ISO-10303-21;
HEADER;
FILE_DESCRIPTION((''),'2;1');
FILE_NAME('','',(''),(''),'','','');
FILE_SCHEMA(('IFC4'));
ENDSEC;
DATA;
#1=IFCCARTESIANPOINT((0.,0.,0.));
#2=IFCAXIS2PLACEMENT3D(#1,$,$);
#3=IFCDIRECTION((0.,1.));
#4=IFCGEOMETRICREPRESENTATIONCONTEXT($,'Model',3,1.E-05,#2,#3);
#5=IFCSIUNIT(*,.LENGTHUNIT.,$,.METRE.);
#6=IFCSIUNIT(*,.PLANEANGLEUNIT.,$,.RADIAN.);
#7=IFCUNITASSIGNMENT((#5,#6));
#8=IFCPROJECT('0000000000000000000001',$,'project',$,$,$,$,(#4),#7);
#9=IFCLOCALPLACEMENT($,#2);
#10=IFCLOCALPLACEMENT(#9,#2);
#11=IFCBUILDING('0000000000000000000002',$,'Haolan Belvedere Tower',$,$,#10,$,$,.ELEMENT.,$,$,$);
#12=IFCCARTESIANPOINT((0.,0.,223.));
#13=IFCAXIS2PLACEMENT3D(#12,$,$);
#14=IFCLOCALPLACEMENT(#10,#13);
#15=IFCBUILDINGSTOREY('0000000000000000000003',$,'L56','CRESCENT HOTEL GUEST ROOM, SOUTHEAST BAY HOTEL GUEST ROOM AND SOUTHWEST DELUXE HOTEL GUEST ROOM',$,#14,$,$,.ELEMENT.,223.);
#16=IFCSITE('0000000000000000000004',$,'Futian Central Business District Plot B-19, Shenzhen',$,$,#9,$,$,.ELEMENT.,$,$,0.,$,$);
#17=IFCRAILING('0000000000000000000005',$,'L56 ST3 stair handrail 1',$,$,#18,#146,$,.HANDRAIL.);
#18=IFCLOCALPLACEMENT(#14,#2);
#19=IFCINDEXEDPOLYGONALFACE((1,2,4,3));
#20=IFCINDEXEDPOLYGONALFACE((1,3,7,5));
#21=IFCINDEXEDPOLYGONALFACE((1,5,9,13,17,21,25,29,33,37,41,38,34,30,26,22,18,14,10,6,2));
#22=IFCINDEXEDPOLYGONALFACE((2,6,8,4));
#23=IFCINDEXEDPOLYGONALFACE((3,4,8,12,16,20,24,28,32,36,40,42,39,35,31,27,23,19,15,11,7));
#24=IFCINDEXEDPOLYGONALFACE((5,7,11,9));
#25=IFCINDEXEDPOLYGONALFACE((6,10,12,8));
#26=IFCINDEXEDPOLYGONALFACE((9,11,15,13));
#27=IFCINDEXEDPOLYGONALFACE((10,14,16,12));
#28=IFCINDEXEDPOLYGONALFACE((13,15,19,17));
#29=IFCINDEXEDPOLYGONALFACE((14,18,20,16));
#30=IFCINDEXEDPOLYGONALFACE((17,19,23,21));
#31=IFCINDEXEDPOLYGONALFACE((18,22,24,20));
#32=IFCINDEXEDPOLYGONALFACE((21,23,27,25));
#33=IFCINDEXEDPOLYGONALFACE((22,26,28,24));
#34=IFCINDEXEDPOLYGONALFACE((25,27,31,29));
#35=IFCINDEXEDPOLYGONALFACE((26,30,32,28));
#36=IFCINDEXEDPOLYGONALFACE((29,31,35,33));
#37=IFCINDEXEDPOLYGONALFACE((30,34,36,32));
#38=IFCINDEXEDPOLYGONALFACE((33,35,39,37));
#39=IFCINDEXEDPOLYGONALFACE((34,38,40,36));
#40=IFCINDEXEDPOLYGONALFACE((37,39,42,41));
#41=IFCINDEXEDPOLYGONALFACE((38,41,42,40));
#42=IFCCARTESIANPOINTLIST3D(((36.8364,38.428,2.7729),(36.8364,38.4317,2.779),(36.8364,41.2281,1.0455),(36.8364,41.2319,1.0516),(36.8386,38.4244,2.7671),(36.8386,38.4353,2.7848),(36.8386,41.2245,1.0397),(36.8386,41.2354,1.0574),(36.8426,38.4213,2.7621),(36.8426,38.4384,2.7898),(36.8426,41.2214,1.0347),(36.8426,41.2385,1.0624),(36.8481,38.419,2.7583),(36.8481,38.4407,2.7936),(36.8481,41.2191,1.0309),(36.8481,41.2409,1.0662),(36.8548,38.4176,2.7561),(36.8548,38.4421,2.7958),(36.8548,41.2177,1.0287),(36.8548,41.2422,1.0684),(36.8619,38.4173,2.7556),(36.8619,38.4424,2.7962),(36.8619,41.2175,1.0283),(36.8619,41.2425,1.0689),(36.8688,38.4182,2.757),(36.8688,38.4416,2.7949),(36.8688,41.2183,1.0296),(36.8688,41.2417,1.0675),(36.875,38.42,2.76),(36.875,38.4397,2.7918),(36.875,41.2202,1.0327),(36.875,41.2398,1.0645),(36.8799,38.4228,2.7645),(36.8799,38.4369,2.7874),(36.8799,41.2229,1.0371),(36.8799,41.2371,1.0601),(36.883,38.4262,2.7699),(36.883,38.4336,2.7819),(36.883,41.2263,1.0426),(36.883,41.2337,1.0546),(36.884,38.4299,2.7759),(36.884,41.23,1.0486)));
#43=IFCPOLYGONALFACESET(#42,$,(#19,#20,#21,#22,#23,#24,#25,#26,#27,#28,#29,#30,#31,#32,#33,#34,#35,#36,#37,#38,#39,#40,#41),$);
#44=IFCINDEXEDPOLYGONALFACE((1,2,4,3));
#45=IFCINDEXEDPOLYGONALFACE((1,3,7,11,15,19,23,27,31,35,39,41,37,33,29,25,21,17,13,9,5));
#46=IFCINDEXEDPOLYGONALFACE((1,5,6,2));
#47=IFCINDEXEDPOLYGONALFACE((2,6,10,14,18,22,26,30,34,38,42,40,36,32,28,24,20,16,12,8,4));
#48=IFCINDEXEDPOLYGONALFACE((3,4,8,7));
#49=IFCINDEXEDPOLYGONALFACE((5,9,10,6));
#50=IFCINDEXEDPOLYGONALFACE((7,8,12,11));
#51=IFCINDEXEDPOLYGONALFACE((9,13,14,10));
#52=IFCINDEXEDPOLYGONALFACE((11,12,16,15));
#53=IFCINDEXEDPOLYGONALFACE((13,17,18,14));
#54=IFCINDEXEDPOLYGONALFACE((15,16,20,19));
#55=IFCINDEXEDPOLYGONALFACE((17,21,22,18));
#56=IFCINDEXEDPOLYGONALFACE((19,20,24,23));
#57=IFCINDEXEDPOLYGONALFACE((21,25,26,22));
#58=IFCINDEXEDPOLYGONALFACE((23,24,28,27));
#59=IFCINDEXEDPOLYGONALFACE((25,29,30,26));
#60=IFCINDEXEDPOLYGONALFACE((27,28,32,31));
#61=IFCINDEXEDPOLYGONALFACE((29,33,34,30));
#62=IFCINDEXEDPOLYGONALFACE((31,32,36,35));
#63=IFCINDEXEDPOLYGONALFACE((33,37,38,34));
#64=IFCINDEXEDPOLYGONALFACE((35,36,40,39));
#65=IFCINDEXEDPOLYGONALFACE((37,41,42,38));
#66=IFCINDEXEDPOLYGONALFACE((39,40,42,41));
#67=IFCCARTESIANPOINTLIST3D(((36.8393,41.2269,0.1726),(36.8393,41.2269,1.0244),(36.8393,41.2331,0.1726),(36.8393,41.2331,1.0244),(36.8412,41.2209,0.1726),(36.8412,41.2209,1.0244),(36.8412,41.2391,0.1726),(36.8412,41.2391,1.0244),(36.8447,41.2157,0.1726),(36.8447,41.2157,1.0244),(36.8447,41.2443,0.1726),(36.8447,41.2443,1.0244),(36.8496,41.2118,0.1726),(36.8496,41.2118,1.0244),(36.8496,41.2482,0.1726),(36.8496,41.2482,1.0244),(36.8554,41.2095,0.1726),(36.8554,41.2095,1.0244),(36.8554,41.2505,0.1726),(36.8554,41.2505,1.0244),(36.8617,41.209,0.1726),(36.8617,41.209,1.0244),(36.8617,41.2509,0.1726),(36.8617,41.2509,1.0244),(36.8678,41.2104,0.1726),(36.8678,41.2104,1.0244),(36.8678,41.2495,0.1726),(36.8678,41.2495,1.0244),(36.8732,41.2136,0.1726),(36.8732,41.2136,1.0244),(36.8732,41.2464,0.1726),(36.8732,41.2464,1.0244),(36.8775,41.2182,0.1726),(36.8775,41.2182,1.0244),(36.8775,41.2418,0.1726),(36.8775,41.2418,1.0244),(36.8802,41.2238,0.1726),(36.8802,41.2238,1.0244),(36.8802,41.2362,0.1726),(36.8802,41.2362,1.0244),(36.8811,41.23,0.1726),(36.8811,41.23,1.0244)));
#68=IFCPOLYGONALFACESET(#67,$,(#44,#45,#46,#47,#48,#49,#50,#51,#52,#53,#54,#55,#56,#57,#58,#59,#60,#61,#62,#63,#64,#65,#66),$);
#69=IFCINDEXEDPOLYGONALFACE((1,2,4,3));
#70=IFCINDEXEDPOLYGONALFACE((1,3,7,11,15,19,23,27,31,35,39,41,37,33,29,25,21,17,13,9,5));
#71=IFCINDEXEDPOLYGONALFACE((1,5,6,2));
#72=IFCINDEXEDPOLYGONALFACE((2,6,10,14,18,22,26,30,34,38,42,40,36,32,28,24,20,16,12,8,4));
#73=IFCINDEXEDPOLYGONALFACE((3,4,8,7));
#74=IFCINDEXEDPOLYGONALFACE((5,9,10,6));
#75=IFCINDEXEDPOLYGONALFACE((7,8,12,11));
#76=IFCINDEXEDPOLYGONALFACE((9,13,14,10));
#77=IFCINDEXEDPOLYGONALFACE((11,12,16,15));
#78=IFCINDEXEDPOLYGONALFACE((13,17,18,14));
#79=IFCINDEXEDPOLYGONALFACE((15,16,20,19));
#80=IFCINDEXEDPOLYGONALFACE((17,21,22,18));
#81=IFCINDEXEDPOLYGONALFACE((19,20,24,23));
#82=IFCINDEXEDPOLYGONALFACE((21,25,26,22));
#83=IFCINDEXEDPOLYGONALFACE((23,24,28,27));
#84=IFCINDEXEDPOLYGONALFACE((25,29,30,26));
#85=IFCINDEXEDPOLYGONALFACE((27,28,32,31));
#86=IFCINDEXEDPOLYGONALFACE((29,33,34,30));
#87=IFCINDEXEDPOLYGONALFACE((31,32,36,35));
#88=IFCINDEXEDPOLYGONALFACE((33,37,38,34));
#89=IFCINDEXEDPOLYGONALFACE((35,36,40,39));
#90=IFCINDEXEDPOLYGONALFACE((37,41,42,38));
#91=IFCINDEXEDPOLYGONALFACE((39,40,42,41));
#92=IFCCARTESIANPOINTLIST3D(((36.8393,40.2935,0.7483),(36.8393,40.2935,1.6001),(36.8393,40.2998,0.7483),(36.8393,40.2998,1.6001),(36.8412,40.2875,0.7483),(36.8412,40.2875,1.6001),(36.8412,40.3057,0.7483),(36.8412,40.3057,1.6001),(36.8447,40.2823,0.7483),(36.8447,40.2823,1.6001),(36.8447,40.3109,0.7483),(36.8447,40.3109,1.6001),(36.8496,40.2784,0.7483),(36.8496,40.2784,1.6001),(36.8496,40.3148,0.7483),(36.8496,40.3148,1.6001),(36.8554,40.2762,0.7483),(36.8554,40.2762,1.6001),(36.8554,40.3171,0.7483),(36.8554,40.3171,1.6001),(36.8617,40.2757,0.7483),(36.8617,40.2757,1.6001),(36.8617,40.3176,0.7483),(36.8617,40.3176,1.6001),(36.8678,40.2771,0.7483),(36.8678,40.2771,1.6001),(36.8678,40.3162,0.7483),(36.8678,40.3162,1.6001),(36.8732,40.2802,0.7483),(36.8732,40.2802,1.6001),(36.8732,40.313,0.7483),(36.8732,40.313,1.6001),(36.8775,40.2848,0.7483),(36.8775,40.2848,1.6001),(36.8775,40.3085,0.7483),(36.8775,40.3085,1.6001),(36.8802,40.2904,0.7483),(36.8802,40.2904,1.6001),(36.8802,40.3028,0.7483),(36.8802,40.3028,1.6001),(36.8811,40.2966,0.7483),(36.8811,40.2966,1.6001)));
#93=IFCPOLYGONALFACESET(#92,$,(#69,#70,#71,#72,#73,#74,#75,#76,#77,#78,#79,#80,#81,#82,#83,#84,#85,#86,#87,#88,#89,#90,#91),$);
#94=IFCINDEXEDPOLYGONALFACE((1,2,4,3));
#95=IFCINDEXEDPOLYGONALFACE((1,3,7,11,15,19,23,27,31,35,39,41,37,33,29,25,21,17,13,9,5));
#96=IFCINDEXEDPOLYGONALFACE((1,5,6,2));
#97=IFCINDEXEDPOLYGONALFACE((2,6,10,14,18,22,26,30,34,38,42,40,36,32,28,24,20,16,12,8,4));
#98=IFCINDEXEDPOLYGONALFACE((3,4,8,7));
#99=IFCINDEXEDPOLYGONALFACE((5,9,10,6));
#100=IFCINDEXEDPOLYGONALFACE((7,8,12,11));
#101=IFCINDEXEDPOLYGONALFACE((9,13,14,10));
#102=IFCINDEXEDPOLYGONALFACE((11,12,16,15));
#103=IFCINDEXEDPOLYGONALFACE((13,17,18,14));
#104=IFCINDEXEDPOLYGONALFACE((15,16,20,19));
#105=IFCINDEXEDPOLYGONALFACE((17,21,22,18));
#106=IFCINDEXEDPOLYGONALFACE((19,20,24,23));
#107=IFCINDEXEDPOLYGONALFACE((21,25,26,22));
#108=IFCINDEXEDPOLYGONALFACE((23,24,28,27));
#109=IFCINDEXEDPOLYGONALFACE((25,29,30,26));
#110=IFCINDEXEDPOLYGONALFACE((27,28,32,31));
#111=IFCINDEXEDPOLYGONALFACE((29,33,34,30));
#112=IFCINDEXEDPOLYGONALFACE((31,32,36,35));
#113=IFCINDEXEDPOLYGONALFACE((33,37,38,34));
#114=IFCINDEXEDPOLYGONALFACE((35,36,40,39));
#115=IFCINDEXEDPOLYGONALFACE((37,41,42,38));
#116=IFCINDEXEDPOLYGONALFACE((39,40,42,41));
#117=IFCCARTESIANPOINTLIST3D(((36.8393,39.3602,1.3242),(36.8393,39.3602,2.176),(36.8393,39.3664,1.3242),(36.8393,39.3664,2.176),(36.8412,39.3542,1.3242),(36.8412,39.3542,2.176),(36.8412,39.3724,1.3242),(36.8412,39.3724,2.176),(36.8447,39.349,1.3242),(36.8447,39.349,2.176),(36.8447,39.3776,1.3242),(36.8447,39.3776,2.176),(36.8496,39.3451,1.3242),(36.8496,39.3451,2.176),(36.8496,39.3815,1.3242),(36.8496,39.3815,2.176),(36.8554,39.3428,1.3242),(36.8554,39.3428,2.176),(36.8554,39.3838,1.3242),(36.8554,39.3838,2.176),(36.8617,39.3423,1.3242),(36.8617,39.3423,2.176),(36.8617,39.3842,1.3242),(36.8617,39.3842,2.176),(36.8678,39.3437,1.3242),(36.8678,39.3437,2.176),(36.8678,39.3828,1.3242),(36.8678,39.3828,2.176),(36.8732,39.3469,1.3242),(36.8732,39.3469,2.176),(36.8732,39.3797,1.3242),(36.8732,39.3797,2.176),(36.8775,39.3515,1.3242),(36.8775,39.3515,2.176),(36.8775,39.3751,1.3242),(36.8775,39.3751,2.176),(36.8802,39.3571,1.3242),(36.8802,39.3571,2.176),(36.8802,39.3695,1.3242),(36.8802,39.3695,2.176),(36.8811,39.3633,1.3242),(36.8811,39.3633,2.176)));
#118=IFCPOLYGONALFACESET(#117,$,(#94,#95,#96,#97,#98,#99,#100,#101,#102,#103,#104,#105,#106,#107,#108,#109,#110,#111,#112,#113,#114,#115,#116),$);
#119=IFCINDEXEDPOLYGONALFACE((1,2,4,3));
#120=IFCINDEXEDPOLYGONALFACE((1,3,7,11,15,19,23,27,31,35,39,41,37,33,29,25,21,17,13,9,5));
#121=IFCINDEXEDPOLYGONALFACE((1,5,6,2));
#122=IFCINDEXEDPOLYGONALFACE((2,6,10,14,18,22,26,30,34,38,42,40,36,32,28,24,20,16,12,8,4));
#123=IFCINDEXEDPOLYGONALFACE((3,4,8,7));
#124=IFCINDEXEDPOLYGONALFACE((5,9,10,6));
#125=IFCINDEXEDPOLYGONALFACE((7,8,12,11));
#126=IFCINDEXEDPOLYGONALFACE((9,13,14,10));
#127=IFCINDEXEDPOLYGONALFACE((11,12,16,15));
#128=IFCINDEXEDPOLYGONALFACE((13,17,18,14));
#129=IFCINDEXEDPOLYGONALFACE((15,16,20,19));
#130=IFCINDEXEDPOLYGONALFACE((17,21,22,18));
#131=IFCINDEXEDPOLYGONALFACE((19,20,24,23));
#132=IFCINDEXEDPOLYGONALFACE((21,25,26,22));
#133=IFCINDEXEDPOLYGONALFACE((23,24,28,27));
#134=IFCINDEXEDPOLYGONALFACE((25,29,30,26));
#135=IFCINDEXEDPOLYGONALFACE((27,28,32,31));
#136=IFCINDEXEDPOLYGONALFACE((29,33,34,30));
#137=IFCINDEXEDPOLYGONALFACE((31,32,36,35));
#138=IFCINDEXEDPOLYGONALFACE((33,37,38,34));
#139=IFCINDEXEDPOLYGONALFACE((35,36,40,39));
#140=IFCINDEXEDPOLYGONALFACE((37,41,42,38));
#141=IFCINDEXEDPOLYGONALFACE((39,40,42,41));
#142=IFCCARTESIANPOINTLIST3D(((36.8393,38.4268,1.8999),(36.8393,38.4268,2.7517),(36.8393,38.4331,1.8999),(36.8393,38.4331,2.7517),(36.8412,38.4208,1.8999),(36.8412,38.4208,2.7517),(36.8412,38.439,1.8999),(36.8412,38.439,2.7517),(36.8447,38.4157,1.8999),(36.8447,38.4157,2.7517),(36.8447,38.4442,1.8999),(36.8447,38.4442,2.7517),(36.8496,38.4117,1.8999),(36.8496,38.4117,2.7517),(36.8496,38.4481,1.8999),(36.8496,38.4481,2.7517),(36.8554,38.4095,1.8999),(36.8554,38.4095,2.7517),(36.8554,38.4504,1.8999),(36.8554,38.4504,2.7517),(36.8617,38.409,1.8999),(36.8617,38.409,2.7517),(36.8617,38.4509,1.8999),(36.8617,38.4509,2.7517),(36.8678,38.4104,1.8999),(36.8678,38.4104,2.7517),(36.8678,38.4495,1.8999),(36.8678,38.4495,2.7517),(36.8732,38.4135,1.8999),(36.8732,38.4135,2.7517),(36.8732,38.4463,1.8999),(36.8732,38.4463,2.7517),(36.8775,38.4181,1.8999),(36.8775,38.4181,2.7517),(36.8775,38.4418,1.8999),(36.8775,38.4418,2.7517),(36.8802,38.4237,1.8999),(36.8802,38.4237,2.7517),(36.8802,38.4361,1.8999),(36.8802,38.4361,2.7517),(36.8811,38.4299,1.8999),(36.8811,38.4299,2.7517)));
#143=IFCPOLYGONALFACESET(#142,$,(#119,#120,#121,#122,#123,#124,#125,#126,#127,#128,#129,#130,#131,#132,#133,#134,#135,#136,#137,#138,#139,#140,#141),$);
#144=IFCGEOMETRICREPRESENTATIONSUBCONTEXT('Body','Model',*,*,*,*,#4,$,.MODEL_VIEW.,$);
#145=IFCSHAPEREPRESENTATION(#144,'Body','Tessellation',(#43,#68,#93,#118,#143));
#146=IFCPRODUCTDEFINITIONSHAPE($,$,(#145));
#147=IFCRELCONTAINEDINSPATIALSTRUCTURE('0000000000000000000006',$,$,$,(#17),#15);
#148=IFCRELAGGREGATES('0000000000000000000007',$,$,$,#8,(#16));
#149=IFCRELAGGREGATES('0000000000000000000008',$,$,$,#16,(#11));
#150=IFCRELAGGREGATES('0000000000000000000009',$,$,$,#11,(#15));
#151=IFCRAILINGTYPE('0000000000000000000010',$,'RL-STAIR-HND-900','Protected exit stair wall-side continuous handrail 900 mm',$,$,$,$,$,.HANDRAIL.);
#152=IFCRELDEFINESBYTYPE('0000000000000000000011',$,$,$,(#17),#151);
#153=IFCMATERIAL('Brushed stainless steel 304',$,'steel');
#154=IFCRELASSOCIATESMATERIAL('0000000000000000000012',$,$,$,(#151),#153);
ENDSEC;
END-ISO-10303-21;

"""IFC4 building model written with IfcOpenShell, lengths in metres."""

from ifc_helpers import new_model, si_unit, direction, frame, origin, origin_2d, place, context, subcontext, project, spatial, circle, extrude, material, type_object, element, save


model = new_model("IFC4")

# Units and contexts
model_context = context("Model", 3, precision=1e-05, world=origin(), true_north=direction((0.0, 1.0)))
body_context = subcontext(model_context, "Body", "Model", "MODEL_VIEW")
ifc_project = project(units=[si_unit("LENGTHUNIT", "METRE"), si_unit("PLANEANGLEUNIT", "RADIAN")], contexts=[model_context])

# Site, building, storey
site_placement = place(None, origin())
site = spatial("IfcSite", under=ifc_project, at=site_placement, Name="Futian Central Business District Plot B-19, Shenzhen", CompositionType="ELEMENT", RefElevation=0.0)
building_placement = place(site_placement, origin())
building = spatial("IfcBuilding", under=site, at=building_placement, Name="Haolan Belvedere Tower", CompositionType="ELEMENT")
storey_placement = place(building_placement, frame((0.0, 0.0, 223.0)))
storey = spatial("IfcBuildingStorey", under=building, at=storey_placement, Name="L56", Description="CRESCENT HOTEL GUEST ROOM, SOUTHEAST BAY HOTEL GUEST ROOM AND SOUTHWEST DELUXE HOTEL GUEST ROOM", CompositionType="ELEMENT", Elevation=223.0)

# Railing
ifc_material_1 = material(Name="Brushed stainless steel 304", Category="steel")
railing_type_1 = type_object("IfcRailingType", Name="RL-STAIR-HND-900", Description="Protected exit stair wall-side continuous handrail 900 mm", PredefinedType="HANDRAIL", material=ifc_material_1)
railing_1_placement = place(storey_placement, frame((36.8601, 41.23, 0.1726)))
element("IfcRailing", 1, at=railing_1_placement, inside=storey, type_object=railing_type_1, Name="L56 ST3 stair handrail 1", PredefinedType="HANDRAIL", context=body_context, shape_type="SweptSolid", body=[
    extrude(circle(Radius=0.0239, at=origin_2d()), frame((0.0, 0.0, 0.876), z_axis=(0.0, -0.85109, 0.52502), x_axis=(1.0, 0.0, 0.0)), (0.0, 0.0, 1.0), 3.29),
    extrude(circle(Radius=0.021, at=origin_2d()), origin(), (0.0, 0.0, 1.0), 0.8518),
    extrude(circle(Radius=0.021, at=origin_2d()), frame((0.0, -0.9333, 0.5757)), (0.0, 0.0, 1.0), 0.8518),
    extrude(circle(Radius=0.021, at=origin_2d()), frame((0.0, -1.8667, 1.1516)), (0.0, 0.0, 1.0), 0.8518),
    extrude(circle(Radius=0.021, at=origin_2d()), frame((0.0, -2.8, 1.7273)), (0.0, 0.0, 1.0), 0.8518),
])

save(model, "model.ifc")
